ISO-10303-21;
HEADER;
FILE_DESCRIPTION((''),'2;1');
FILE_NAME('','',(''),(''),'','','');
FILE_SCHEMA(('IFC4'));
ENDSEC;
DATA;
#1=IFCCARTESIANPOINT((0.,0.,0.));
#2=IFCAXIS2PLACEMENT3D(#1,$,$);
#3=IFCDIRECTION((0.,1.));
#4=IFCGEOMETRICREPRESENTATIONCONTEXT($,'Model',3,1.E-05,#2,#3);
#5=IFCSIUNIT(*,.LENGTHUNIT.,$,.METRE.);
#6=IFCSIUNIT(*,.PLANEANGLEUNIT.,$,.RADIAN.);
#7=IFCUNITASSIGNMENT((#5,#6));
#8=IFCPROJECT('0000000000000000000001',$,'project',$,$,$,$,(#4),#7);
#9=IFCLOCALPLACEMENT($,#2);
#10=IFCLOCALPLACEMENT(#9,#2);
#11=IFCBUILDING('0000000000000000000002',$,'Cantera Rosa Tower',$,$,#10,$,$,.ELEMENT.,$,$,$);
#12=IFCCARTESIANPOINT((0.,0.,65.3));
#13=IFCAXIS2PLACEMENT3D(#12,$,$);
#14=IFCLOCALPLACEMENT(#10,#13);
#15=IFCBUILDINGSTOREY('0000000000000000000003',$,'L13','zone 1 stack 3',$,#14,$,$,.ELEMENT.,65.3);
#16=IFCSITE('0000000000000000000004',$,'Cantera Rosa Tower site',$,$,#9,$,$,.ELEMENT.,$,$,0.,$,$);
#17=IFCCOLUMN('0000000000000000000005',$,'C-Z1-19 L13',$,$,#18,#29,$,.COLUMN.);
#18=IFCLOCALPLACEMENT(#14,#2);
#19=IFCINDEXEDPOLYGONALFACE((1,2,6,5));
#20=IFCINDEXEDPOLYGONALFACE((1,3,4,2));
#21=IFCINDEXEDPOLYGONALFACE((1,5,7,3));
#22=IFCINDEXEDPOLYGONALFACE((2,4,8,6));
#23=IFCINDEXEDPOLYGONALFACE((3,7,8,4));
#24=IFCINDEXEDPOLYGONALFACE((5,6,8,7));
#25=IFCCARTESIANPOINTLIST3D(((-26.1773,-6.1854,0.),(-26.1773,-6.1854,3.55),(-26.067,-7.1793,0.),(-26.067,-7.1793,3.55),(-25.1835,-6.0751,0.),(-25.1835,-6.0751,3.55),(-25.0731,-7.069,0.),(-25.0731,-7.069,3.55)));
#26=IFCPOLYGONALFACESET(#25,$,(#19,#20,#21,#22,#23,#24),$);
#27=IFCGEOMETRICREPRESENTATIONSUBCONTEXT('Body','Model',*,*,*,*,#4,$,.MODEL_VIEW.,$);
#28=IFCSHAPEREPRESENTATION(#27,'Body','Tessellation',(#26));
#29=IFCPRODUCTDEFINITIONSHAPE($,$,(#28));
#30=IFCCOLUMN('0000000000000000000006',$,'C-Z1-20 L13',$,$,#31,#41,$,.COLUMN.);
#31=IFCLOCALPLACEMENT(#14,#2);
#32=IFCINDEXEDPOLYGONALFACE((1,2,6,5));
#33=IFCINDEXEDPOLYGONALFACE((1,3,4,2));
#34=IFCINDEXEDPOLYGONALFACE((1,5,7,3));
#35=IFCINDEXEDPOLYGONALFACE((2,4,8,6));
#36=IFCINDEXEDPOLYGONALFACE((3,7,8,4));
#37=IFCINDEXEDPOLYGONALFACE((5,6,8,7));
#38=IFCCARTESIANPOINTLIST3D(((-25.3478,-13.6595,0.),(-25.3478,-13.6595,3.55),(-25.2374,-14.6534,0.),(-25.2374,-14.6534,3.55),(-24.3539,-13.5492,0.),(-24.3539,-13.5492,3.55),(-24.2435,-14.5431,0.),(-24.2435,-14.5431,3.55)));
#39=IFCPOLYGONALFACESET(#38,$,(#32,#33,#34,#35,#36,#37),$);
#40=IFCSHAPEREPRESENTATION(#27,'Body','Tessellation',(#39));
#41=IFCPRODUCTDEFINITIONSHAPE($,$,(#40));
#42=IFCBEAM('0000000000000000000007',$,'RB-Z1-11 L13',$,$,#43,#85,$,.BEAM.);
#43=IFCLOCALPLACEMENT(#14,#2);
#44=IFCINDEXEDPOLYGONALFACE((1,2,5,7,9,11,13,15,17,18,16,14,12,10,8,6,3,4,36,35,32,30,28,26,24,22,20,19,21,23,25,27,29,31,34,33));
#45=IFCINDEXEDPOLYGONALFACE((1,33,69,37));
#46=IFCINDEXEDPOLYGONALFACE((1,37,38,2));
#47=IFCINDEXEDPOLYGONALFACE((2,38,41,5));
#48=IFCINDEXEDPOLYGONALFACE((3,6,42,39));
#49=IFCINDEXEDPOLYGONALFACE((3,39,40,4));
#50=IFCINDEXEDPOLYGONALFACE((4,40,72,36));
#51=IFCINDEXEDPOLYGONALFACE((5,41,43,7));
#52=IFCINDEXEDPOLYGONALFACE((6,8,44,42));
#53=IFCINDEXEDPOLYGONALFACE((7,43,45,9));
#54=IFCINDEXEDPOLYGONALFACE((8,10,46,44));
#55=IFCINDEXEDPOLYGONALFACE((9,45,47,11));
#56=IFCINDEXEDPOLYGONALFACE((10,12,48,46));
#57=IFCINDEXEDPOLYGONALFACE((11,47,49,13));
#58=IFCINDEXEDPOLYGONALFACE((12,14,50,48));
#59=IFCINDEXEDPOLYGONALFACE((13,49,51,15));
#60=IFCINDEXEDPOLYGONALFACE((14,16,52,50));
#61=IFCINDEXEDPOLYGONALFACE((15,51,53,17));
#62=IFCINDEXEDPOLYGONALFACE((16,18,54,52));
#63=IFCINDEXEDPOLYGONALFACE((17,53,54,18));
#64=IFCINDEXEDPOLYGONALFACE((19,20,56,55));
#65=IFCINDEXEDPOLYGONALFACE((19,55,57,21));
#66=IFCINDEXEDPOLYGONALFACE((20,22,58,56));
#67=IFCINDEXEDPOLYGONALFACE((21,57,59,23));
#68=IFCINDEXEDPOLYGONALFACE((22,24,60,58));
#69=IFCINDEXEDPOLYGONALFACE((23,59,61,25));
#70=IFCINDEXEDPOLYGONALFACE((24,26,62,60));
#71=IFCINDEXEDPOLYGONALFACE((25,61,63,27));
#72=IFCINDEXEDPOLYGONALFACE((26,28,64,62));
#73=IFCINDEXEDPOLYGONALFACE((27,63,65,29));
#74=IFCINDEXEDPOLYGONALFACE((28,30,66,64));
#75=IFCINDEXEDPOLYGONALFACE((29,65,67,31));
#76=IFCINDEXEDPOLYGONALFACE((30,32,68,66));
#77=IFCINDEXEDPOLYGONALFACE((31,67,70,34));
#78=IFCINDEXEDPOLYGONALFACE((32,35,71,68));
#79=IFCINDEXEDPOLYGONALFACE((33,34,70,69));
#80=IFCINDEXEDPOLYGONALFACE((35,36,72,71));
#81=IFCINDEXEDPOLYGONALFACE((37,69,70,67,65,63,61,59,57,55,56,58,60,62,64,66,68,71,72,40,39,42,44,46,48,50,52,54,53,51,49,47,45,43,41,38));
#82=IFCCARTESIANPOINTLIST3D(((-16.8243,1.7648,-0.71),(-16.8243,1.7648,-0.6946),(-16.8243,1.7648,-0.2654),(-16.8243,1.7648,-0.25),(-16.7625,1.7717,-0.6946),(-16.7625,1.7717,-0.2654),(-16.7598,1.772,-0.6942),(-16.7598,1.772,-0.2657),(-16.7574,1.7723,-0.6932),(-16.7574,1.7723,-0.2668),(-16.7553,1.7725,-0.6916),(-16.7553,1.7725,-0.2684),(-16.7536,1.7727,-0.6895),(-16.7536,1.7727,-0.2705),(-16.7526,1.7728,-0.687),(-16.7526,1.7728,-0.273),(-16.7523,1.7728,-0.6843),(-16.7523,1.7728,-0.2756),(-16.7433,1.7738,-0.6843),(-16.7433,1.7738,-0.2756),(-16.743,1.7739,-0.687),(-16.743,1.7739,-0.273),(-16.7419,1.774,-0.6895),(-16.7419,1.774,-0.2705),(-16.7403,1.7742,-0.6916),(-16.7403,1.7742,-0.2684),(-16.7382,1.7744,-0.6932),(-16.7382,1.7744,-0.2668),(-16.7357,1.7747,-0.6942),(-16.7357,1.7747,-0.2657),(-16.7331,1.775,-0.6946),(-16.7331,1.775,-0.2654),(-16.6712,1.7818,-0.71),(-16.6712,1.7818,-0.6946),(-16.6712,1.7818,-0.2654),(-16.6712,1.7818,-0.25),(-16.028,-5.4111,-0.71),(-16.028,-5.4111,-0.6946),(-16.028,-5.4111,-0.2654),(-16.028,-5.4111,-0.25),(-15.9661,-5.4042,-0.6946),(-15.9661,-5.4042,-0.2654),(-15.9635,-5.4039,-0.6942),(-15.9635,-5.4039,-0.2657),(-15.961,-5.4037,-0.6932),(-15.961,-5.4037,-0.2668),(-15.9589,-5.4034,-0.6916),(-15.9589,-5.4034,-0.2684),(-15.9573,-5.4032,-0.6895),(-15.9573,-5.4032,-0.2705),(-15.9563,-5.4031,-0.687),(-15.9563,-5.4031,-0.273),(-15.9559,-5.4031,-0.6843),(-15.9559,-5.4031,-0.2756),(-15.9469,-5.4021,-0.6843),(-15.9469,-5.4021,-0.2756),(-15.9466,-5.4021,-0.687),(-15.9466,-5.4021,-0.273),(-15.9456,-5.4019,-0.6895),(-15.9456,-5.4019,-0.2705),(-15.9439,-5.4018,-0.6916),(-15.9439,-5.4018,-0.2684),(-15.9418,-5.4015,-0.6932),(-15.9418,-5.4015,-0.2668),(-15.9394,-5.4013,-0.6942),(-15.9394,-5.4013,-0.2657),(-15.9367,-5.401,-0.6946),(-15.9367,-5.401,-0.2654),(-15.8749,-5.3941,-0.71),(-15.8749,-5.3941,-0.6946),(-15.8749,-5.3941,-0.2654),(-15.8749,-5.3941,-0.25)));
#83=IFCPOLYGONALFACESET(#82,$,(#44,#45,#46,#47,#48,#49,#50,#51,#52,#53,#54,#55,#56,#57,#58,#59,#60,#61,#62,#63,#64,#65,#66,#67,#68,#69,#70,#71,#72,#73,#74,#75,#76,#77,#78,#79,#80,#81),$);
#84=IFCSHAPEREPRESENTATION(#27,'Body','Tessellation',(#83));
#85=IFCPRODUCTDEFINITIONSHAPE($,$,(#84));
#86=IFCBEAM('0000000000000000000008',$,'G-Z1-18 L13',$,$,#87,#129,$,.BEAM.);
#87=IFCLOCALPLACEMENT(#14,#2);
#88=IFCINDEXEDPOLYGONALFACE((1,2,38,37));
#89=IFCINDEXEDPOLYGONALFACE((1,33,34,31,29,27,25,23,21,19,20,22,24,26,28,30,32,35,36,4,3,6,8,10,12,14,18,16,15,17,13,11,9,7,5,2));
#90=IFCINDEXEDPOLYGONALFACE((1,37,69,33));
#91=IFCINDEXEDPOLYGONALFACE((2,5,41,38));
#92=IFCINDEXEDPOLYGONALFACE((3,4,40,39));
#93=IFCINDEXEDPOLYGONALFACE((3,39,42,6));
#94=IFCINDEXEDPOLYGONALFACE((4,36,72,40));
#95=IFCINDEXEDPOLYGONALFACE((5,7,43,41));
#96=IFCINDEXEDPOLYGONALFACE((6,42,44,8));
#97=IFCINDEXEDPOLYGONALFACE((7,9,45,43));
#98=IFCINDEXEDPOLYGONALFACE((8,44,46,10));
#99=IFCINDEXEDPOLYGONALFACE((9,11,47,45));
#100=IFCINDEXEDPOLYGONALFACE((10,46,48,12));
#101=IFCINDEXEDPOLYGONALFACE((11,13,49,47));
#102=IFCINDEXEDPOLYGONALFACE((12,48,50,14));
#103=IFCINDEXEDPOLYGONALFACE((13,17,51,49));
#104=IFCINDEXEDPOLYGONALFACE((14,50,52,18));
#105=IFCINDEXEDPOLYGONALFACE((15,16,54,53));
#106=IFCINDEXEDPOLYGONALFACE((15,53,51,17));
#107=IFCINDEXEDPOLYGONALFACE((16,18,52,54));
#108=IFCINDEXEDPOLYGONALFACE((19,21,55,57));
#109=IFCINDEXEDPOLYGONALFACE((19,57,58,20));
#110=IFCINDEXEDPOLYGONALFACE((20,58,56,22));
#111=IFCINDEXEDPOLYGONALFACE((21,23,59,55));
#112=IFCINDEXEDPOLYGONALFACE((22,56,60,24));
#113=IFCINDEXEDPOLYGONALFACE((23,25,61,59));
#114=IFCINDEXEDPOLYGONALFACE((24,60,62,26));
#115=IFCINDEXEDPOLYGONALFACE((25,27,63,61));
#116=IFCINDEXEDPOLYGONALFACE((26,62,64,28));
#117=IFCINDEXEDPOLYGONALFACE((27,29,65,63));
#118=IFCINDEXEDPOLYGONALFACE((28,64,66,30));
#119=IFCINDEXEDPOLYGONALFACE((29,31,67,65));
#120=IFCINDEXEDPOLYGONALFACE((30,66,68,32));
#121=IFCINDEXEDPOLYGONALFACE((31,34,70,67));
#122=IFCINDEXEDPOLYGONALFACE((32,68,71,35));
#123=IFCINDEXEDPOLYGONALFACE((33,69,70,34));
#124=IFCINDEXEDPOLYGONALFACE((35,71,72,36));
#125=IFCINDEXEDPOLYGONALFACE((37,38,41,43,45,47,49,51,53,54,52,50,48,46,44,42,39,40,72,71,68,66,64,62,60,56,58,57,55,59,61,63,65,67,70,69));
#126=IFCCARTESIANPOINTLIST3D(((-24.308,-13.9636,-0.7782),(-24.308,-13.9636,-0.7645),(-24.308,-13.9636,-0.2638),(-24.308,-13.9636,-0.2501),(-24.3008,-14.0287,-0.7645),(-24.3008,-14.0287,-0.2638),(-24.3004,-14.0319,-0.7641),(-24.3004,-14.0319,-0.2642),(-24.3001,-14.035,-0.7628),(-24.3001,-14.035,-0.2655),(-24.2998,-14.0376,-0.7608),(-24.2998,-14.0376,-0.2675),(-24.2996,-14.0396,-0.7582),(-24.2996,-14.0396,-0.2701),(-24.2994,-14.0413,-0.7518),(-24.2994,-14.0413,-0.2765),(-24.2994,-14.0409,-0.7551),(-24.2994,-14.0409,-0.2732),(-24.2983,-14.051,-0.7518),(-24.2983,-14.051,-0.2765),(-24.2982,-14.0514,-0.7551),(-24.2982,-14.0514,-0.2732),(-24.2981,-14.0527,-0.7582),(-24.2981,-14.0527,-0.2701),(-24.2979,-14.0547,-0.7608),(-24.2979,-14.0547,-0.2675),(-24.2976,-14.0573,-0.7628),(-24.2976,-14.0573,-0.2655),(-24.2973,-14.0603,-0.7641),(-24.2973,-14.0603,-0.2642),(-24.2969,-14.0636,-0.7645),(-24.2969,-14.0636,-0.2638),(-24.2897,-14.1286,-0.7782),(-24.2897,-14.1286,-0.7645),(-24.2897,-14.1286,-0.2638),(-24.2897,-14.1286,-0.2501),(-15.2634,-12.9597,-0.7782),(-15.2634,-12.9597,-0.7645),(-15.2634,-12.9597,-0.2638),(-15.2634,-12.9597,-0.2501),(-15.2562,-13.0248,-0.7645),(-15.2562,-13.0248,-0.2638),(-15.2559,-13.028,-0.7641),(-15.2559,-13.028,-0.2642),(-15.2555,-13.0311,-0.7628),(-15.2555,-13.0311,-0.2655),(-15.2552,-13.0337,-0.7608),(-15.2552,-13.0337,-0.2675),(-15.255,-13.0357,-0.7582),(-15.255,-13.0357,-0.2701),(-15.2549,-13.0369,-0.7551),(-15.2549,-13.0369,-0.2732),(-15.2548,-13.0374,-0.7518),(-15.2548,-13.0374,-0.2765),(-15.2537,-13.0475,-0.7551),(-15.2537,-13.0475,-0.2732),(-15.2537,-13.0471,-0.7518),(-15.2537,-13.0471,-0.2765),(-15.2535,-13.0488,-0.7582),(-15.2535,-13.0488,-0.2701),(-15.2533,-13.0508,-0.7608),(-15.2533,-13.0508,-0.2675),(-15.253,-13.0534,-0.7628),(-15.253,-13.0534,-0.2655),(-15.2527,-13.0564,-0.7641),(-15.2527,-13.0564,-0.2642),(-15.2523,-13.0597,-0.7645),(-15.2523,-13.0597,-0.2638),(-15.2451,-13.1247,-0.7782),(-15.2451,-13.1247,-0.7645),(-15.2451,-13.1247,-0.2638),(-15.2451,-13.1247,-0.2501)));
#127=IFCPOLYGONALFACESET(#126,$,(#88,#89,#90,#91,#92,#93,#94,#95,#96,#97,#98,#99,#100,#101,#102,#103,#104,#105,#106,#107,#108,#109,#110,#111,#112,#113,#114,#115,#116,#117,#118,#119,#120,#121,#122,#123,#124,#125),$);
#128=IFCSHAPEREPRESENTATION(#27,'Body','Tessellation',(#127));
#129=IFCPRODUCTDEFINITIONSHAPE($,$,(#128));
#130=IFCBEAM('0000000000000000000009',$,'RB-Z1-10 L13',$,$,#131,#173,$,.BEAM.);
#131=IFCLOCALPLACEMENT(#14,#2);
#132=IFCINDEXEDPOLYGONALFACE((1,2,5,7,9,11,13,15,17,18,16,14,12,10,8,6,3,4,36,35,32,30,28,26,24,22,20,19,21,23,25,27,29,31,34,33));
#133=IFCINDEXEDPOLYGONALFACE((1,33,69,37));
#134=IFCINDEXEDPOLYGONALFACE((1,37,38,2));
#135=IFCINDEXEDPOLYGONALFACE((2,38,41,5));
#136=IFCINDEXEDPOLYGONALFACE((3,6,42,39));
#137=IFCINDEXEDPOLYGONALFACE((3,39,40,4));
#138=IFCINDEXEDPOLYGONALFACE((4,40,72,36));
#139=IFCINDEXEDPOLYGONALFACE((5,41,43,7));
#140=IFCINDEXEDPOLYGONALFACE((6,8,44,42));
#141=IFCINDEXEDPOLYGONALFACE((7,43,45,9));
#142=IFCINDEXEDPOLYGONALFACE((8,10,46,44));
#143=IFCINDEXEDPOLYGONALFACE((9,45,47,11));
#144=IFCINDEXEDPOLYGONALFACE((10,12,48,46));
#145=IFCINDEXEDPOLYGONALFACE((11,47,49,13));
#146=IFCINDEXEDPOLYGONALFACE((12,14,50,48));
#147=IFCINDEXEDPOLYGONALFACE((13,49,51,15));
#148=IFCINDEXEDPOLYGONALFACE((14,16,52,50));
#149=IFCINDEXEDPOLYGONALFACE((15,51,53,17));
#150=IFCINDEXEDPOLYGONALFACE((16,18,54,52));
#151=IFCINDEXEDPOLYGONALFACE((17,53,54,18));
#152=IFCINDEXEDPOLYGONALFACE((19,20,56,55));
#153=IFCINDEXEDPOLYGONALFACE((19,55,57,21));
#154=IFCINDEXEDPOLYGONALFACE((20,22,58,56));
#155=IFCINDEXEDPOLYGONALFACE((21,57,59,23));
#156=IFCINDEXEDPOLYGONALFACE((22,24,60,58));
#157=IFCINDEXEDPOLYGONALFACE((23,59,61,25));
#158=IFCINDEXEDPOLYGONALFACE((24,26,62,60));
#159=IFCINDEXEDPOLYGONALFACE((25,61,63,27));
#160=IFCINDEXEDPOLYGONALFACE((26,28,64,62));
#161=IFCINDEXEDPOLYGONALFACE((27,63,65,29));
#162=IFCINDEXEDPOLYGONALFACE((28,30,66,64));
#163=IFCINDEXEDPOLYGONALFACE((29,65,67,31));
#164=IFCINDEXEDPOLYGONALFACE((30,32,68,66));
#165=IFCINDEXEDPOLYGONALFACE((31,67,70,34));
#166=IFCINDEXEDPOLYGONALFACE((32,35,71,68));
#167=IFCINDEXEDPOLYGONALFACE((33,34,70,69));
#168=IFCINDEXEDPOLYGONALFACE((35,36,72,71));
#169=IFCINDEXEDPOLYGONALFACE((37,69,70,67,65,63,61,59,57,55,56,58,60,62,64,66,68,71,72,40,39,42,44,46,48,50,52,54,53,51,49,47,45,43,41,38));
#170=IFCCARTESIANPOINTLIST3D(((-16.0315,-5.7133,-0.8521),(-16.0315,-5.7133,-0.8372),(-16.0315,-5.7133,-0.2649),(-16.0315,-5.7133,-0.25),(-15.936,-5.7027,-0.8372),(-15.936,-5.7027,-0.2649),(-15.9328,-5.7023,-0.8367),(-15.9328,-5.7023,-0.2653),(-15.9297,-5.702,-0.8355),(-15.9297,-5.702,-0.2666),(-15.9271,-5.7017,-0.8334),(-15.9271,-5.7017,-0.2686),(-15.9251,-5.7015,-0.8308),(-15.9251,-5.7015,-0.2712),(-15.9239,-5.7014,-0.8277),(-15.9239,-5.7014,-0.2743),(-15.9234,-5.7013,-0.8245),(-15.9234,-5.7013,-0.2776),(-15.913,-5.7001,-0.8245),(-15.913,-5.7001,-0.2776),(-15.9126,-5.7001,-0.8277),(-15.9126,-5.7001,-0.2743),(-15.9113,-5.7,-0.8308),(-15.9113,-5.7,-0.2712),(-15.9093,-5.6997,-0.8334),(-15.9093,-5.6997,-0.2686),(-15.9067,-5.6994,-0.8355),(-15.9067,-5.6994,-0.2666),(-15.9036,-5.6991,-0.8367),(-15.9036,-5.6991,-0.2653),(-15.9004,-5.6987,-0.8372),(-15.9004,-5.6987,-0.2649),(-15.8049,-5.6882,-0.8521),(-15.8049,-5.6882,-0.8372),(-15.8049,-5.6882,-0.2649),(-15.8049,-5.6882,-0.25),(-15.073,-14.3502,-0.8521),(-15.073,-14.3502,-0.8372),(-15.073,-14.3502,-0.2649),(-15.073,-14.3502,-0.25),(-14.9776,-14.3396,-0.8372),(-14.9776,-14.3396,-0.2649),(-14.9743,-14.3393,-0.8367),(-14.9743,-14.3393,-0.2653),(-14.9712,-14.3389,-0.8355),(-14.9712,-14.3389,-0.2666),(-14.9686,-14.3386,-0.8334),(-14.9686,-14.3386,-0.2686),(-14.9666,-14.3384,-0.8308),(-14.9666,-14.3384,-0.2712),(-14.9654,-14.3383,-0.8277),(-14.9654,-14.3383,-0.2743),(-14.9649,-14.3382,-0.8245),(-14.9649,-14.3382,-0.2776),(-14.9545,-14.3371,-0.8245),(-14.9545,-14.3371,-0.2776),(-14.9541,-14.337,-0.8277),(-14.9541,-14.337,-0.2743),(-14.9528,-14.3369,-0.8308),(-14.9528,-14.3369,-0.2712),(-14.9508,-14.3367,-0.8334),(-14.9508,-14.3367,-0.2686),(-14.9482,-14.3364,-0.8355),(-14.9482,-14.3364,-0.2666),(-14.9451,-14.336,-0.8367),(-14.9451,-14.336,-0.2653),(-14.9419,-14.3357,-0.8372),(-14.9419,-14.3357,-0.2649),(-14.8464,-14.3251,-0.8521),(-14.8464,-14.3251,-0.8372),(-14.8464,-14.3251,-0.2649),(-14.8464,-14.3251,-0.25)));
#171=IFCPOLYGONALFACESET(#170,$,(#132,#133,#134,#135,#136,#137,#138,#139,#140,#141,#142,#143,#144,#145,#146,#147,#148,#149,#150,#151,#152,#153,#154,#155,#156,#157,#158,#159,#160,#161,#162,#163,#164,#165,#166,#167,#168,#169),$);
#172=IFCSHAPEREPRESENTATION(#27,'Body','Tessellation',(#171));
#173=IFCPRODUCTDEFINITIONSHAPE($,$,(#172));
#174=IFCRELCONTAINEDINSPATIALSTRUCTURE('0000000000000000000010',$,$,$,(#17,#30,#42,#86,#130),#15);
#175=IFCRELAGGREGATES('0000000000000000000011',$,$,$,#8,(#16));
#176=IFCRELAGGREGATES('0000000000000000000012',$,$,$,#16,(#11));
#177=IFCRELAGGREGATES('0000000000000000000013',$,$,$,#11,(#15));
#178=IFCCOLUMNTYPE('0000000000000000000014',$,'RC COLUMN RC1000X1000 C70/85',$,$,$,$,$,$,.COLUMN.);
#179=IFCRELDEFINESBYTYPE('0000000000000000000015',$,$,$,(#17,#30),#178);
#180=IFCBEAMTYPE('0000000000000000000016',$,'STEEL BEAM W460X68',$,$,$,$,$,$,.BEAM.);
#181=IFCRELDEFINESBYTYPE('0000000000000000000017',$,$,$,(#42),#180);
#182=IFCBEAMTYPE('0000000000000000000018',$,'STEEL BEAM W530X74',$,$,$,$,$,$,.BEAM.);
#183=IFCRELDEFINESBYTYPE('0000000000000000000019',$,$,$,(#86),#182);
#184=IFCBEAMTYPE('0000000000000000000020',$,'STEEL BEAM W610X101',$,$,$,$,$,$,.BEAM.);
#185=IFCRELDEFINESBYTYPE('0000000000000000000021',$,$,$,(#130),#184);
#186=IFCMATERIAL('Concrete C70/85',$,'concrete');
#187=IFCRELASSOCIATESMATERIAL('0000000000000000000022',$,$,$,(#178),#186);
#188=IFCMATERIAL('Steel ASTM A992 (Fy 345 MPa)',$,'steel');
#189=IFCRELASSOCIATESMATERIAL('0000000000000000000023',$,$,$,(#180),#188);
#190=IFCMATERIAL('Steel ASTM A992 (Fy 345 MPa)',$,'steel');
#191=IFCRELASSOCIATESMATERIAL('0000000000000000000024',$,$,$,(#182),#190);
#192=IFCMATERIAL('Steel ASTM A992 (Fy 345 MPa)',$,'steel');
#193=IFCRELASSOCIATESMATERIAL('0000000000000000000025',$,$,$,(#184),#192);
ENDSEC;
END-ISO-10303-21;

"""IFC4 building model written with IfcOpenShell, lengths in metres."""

from ifc_helpers import new_model, si_unit, direction, frame, origin, origin_2d, place, context, subcontext, project, spatial, rectangle, i_section, extrude, material, material_profile, profile_set, type_object, element, save


model = new_model("IFC4")

# Units and contexts
model_context = context("Model", 3, precision=1e-05, world=origin(), true_north=direction((0.0, 1.0)))
body_context = subcontext(model_context, "Body", "Model", "MODEL_VIEW")
ifc_project = project(units=[si_unit("LENGTHUNIT", "METRE"), si_unit("PLANEANGLEUNIT", "RADIAN")], contexts=[model_context])

# Site, building, storey
site_placement = place(None, origin())
site = spatial("IfcSite", under=ifc_project, at=site_placement, Name="Cantera Rosa Tower site", CompositionType="ELEMENT", RefElevation=0.0)
building_placement = place(site_placement, origin())
building = spatial("IfcBuilding", under=site, at=building_placement, Name="Cantera Rosa Tower", CompositionType="ELEMENT")
storey_placement = place(building_placement, frame((0.0, 0.0, 65.3)))
storey = spatial("IfcBuildingStorey", under=building, at=storey_placement, Name="L13", Description="zone 1 stack 3", CompositionType="ELEMENT", Elevation=65.3)

# Columns
ifc_material_1 = material(Name="Concrete C70/85", Category="concrete")
ifc_material_profile_1 = material_profile(ifc_material_1, rectangle(XDim=1.0, YDim=1.0, at=origin_2d()), Name="RC COLUMN RC1000X1000 C70/85")
ifc_profile_set_1 = profile_set([ifc_material_profile_1], Name="Concrete C70/85")
column_type = type_object("IfcColumnType", Name="RC COLUMN RC1000X1000 C70/85", PredefinedType="COLUMN", material=ifc_profile_set_1)
for number, where, z_axis, x_axis, name in (
    (1, (-25.6252, -6.6272, 0.0), (0.0, 0.0, 1.0), (0.993897, 0.110313, 0.0), "C-Z1-19 L13"),
    (2, (-24.7957, -14.1013, 0.0), (0.0, 0.0, 1.0), (0.993897, 0.110313, 0.0), "C-Z1-20 L13"),
):
    element("IfcColumn", number, at=place(storey_placement, frame(where, z_axis=z_axis, x_axis=x_axis)), inside=storey, type_object=column_type, Name=name, PredefinedType="COLUMN", context=body_context, shape_type="SweptSolid", body=[
        extrude(rectangle(XDim=1.0, YDim=1.0, at=origin_2d()), origin(), (0.0, 0.0, 1.0), 3.55),
    ])

# Beams
ifc_material_2 = material(Name="Steel ASTM A992 (Fy 345 MPa)", Category="steel")
ifc_material_profile_2 = material_profile(ifc_material_2, i_section(OverallWidth=0.1541, OverallDepth=0.46, WebThickness=0.009, FlangeThickness=0.0154, FilletRadius=0.0103, at=origin_2d()), Name="W460X68")
ifc_profile_set_2 = profile_set([ifc_material_profile_2], Name="Steel ASTM A992 (Fy 345 MPa)")
beam_type_1 = type_object("IfcBeamType", Name="STEEL BEAM W460X68", PredefinedType="BEAM", material=ifc_profile_set_2)
beam_1_placement = place(storey_placement, frame((-15.9514, -5.4026, -0.48), z_axis=(-0.110302, 0.993898, 0.0), x_axis=(-0.993898, -0.110302, 0.0)))
element("IfcBeam", 3, at=beam_1_placement, inside=storey, type_object=beam_type_1, Name="RB-Z1-11 L13", PredefinedType="BEAM", context=body_context, shape_type="SweptSolid", body=[
    extrude(i_section(OverallWidth=0.1541, OverallDepth=0.46, WebThickness=0.009, FlangeThickness=0.0154, FilletRadius=0.0103, at=origin_2d()), origin(), (0.0, 0.0, 1.0), 7.22),
])
ifc_material_3 = material(Name="Steel ASTM A992 (Fy 345 MPa)", Category="steel")
ifc_material_profile_3 = material_profile(ifc_material_3, i_section(OverallWidth=0.166, OverallDepth=0.5281, WebThickness=0.0098, FlangeThickness=0.0137, FilletRadius=0.0127, at=origin_2d()), Name="W530X74")
ifc_profile_set_3 = profile_set([ifc_material_profile_3], Name="Steel ASTM A992 (Fy 345 MPa)")
beam_type_2 = type_object("IfcBeamType", Name="STEEL BEAM W530X74", PredefinedType="BEAM", material=ifc_profile_set_3)
beam_2_placement = place(storey_placement, frame((-24.2988, -14.0461, -0.5142), z_axis=(0.993896, 0.11032, 0.0), x_axis=(-0.11032, 0.993896, 0.0)))
element("IfcBeam", 4, at=beam_2_placement, inside=storey, type_object=beam_type_2, Name="G-Z1-18 L13", PredefinedType="BEAM", context=body_context, shape_type="SweptSolid", body=[
    extrude(i_section(OverallWidth=0.166, OverallDepth=0.5281, WebThickness=0.0098, FlangeThickness=0.0137, FilletRadius=0.0127, at=origin_2d()), origin(), (0.0, 0.0, 1.0), 9.1001),
])
ifc_material_4 = material(Name="Steel ASTM A992 (Fy 345 MPa)", Category="steel")
ifc_material_profile_4 = material_profile(ifc_material_4, i_section(OverallWidth=0.228, OverallDepth=0.6021, WebThickness=0.0105, FlangeThickness=0.0149, FilletRadius=0.0127, at=origin_2d()), Name="W610X101")
ifc_profile_set_4 = profile_set([ifc_material_profile_4], Name="Steel ASTM A992 (Fy 345 MPa)")
beam_type_3 = type_object("IfcBeamType", Name="STEEL BEAM W610X101", PredefinedType="BEAM", material=ifc_profile_set_4)
beam_3_placement = place(storey_placement, frame((-14.9597, -14.3376, -0.551), z_axis=(-0.110299, 0.993898, 0.0), x_axis=(-0.993898, -0.110299, 0.0)))
element("IfcBeam", 5, at=beam_3_placement, inside=storey, type_object=beam_type_3, Name="RB-Z1-10 L13", PredefinedType="BEAM", context=body_context, shape_type="SweptSolid", body=[
    extrude(i_section(OverallWidth=0.228, OverallDepth=0.6021, WebThickness=0.0105, FlangeThickness=0.0149, FilletRadius=0.0127, at=origin_2d()), origin(), (0.0, 0.0, 1.0), 8.6899),
])

save(model, "model.ifc")
